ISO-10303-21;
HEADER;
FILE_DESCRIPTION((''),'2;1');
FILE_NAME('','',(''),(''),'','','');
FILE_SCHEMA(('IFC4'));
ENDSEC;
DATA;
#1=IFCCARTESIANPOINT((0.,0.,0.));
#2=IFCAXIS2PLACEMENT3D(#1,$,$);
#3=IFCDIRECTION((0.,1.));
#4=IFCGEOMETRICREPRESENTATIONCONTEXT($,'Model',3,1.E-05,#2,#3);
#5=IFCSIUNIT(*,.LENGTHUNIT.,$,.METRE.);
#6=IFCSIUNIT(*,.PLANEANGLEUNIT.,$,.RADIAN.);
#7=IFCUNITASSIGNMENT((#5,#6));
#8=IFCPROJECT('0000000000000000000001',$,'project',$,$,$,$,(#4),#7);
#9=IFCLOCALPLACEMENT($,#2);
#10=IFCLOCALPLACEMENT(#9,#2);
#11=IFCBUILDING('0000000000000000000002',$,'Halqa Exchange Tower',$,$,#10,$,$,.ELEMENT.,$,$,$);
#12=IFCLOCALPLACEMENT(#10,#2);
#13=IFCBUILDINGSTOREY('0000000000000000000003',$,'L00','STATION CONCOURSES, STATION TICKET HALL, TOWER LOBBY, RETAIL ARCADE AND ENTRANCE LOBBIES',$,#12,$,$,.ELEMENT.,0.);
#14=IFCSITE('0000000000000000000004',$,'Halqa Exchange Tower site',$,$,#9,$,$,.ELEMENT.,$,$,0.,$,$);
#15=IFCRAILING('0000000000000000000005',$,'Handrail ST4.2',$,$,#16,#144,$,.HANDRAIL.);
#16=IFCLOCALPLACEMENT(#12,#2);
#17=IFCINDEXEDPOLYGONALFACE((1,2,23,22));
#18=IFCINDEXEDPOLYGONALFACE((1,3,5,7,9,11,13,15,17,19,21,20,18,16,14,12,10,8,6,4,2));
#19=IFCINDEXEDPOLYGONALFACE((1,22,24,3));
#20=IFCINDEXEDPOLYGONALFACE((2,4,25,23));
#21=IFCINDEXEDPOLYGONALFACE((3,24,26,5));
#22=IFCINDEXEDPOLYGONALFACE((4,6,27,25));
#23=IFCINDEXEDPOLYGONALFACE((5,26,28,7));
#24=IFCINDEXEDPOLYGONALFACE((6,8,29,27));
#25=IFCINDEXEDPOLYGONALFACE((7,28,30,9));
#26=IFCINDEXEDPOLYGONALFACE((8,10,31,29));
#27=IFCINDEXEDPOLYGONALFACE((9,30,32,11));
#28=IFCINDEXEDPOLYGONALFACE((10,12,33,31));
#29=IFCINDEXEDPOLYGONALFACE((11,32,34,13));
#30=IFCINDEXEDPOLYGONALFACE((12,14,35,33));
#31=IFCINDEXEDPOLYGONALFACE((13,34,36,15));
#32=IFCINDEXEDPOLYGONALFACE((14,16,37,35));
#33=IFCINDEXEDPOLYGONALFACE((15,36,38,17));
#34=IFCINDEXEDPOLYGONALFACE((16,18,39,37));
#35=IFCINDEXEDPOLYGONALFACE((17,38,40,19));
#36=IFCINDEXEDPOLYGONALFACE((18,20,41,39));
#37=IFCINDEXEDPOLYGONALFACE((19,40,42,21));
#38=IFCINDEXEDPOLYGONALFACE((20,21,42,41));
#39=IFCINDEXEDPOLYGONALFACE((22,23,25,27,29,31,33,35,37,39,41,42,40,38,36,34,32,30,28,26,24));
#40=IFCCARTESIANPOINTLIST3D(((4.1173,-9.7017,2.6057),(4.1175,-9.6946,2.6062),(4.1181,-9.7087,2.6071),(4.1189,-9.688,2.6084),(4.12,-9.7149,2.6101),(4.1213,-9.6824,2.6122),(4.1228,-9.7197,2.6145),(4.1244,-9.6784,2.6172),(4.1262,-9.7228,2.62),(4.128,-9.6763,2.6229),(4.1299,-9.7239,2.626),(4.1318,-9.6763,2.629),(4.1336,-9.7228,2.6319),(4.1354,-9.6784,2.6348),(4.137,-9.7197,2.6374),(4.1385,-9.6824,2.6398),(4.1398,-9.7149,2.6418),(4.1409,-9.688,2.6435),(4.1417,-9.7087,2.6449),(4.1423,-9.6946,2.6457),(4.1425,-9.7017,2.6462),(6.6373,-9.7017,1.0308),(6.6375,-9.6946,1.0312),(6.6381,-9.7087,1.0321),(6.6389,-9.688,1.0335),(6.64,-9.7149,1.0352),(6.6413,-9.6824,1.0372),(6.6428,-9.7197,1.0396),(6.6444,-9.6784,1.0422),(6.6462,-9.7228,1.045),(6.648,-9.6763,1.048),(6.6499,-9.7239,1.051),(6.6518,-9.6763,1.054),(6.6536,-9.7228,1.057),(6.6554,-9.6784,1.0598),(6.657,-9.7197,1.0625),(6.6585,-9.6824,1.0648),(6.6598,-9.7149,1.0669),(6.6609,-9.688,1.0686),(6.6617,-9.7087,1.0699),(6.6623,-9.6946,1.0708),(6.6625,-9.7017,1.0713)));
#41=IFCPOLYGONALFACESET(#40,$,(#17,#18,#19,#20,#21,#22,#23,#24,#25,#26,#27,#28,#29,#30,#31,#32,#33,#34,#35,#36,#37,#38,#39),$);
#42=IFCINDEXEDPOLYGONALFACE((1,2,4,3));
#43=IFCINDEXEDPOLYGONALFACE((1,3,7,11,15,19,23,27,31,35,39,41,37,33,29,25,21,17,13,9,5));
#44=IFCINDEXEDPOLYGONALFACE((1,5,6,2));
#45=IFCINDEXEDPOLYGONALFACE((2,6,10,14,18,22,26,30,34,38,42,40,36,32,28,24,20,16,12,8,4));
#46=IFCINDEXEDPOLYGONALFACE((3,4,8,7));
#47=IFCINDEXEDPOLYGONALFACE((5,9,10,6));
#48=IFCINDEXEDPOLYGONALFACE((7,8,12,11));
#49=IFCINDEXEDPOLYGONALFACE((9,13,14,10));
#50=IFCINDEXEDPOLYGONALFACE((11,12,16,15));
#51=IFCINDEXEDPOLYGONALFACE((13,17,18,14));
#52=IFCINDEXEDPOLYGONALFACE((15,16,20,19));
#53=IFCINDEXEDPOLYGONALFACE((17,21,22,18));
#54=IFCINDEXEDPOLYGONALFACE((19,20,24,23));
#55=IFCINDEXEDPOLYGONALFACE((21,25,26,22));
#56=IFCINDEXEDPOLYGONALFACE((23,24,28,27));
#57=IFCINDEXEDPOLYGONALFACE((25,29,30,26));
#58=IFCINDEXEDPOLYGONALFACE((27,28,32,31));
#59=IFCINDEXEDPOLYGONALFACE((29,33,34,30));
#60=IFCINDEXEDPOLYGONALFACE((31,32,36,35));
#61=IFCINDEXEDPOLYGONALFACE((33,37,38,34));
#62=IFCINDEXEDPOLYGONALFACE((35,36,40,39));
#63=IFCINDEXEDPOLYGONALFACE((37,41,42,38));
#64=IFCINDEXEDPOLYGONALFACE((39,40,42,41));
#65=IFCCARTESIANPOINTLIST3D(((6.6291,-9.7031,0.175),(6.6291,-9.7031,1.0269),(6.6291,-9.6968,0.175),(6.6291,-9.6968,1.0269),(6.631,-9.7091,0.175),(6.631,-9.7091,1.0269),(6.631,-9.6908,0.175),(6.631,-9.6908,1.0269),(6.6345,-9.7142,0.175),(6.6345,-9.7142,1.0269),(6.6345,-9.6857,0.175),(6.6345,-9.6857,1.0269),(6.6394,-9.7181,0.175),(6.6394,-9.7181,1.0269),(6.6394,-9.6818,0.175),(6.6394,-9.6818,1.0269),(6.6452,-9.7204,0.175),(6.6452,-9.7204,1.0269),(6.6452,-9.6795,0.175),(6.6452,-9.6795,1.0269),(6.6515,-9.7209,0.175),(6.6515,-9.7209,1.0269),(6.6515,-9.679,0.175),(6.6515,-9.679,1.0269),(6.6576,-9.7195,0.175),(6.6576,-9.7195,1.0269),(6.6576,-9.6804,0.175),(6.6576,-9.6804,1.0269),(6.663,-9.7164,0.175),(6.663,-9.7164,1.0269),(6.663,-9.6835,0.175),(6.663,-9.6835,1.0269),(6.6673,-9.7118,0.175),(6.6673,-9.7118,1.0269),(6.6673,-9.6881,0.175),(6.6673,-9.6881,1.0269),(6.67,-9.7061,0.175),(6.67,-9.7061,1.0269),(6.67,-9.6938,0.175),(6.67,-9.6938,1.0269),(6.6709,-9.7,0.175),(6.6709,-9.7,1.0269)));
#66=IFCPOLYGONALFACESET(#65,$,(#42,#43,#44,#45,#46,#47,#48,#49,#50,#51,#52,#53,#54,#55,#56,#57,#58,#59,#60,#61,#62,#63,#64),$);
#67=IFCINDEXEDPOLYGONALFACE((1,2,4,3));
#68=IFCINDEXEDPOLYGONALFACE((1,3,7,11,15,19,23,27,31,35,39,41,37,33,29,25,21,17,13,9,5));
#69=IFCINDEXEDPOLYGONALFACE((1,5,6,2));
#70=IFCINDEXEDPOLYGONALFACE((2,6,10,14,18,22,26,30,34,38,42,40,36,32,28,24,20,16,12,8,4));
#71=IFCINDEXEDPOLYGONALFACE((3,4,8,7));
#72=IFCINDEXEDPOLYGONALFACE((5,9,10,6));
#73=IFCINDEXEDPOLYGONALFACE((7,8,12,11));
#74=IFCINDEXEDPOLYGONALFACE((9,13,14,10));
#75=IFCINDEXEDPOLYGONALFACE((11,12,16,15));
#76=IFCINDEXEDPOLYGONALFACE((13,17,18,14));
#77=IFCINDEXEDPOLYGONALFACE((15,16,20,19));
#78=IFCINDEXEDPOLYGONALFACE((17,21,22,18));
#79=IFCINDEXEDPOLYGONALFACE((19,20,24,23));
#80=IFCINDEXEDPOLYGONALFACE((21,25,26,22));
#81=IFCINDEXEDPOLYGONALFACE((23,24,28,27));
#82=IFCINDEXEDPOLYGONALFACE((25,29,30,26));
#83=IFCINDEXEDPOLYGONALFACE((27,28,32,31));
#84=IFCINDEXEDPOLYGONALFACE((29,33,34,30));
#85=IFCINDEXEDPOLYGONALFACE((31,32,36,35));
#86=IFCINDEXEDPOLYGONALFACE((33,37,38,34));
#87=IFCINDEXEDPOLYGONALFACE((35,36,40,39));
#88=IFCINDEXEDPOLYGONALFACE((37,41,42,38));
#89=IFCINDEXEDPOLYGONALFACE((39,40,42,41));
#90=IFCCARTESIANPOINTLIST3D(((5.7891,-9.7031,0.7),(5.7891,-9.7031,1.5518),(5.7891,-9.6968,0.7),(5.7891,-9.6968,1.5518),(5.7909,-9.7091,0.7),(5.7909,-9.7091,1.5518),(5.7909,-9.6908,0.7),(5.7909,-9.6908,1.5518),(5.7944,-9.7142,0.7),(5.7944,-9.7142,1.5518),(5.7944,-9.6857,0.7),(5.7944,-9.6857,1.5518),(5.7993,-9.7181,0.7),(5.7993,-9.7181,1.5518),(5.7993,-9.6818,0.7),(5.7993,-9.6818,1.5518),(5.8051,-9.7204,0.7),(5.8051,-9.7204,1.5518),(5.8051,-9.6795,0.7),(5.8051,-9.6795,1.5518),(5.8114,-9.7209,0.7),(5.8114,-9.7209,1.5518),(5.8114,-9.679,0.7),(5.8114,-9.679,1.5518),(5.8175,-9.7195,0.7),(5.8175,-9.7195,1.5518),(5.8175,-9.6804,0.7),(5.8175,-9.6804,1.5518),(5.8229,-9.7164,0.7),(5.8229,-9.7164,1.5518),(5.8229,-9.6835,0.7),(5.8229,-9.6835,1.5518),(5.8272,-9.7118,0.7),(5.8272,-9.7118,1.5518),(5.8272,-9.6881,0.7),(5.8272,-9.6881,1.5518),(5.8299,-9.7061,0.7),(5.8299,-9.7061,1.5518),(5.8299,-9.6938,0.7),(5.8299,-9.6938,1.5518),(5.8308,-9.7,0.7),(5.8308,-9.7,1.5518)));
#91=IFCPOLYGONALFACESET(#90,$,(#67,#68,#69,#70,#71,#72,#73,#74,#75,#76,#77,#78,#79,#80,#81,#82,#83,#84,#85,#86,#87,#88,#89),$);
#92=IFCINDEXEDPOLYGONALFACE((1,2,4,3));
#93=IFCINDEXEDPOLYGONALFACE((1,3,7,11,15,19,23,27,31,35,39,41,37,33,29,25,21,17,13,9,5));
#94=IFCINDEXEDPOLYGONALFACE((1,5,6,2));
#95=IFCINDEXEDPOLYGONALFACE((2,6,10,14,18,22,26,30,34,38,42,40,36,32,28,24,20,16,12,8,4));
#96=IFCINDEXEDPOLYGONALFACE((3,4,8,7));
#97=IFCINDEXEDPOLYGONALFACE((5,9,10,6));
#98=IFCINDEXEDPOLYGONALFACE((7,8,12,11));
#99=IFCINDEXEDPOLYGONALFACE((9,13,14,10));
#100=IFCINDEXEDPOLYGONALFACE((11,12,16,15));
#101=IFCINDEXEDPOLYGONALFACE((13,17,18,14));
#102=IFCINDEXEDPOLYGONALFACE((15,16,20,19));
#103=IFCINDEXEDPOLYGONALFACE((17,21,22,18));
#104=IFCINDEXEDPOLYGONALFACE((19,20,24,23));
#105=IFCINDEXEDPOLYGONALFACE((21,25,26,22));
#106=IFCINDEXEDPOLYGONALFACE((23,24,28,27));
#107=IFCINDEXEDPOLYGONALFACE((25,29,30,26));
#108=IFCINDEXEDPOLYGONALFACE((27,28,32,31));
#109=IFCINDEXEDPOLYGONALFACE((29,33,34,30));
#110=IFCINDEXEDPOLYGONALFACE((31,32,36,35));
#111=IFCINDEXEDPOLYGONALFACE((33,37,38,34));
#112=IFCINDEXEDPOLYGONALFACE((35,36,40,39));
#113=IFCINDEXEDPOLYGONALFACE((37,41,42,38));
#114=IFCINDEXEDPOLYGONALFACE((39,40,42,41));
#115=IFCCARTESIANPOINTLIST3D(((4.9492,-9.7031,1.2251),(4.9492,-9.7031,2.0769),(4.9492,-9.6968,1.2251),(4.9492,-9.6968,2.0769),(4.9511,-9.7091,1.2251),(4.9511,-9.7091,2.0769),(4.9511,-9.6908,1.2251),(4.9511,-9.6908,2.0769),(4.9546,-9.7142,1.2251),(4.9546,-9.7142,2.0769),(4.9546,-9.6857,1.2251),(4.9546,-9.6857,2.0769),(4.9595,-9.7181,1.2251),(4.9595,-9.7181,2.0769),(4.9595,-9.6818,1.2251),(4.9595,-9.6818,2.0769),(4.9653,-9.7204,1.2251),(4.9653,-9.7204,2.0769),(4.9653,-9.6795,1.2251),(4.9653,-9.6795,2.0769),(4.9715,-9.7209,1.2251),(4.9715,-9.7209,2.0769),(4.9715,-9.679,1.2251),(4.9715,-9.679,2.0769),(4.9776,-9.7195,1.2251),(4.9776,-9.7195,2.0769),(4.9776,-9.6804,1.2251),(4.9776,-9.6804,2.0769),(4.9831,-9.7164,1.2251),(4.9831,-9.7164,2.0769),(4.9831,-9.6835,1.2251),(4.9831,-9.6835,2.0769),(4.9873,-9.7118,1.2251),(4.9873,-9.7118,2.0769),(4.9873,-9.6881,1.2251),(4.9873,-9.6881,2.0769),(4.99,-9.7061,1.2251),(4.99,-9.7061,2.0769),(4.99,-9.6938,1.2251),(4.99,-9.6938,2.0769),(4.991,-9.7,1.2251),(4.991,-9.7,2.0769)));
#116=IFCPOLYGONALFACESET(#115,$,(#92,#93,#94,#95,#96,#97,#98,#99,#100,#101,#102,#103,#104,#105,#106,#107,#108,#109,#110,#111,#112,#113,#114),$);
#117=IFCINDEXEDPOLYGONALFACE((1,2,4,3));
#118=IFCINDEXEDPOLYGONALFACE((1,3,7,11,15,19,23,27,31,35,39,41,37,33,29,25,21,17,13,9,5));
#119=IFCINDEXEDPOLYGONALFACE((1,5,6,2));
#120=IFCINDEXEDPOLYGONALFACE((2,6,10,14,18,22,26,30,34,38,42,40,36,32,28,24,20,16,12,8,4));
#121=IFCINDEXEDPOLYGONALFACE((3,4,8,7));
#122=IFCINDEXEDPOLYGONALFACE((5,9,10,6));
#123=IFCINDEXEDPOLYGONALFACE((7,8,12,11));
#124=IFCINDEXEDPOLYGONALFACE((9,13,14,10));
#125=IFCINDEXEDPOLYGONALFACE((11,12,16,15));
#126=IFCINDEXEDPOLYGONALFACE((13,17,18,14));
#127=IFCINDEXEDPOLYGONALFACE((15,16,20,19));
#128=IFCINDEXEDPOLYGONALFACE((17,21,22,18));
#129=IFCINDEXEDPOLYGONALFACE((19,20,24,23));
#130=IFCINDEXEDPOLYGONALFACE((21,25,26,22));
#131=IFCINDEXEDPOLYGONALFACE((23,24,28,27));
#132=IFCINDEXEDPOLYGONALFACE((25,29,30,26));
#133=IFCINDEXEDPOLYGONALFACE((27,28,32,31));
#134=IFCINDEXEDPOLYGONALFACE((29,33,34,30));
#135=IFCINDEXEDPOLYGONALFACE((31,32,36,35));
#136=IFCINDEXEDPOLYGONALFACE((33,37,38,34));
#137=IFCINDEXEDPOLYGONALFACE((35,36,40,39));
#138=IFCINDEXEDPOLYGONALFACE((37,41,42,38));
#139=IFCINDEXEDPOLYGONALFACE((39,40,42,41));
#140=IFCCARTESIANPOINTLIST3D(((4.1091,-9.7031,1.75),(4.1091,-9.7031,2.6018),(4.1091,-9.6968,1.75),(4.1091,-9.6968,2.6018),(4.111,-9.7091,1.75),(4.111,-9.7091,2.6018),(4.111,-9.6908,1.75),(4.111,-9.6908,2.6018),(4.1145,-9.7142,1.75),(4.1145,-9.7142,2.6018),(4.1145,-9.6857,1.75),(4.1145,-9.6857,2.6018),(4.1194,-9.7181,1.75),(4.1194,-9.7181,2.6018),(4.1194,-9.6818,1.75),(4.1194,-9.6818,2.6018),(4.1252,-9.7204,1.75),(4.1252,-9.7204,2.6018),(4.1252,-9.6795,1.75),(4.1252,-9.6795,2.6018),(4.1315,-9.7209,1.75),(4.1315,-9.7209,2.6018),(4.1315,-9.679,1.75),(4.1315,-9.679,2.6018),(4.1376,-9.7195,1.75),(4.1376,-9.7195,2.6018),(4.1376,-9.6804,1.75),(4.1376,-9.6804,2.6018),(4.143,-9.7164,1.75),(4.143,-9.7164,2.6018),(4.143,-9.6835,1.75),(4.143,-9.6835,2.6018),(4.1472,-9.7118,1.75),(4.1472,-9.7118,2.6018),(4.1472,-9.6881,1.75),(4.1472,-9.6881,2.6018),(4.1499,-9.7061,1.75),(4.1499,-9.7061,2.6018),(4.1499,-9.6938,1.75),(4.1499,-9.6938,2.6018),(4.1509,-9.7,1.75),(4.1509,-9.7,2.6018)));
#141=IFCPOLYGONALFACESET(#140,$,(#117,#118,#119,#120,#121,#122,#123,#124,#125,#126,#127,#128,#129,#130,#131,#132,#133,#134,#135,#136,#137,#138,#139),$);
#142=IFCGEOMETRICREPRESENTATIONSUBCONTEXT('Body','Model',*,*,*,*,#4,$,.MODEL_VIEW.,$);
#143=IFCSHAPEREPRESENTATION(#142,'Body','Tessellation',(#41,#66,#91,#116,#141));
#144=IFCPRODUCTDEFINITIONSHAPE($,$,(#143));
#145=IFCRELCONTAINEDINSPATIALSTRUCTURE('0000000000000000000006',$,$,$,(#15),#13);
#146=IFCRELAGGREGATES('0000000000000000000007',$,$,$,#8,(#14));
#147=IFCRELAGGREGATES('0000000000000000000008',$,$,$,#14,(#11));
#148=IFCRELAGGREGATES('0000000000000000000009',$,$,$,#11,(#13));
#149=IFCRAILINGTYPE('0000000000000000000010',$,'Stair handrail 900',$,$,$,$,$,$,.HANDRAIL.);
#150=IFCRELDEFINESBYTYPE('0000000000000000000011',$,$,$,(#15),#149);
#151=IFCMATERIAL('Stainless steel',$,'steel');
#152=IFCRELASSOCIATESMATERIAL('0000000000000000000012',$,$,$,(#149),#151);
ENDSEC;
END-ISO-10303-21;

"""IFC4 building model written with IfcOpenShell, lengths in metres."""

from ifc_helpers import new_model, si_unit, direction, frame, origin, origin_2d, place, context, subcontext, project, spatial, circle, extrude, material, type_object, element, save


model = new_model("IFC4")

# Units and contexts
model_context = context("Model", 3, precision=1e-05, world=origin(), true_north=direction((0.0, 1.0)))
body_context = subcontext(model_context, "Body", "Model", "MODEL_VIEW")
ifc_project = project(units=[si_unit("LENGTHUNIT", "METRE"), si_unit("PLANEANGLEUNIT", "RADIAN")], contexts=[model_context])

# Site, building, storey
site_placement = place(None, origin())
site = spatial("IfcSite", under=ifc_project, at=site_placement, Name="Halqa Exchange Tower site", CompositionType="ELEMENT", RefElevation=0.0)
building_placement = place(site_placement, origin())
building = spatial("IfcBuilding", under=site, at=building_placement, Name="Halqa Exchange Tower", CompositionType="ELEMENT")
storey_placement = place(building_placement, origin())
storey = spatial("IfcBuildingStorey", under=building, at=storey_placement, Name="L00", Description="STATION CONCOURSES, STATION TICKET HALL, TOWER LOBBY, RETAIL ARCADE AND ENTRANCE LOBBIES", CompositionType="ELEMENT", Elevation=0.0)

# Railing
ifc_material_1 = material(Name="Stainless steel", Category="steel")
railing_type = type_object("IfcRailingType", Name="Stair handrail 900", PredefinedType="HANDRAIL", material=ifc_material_1)
railing_placement = place(storey_placement, frame((6.6499, -9.7, 0.175)))
element("IfcRailing", 1, at=railing_placement, inside=storey, type_object=railing_type, Name="Handrail ST4.2", PredefinedType="HANDRAIL", context=body_context, shape_type="SweptSolid", body=[
    extrude(circle(Radius=0.0239, at=origin_2d()), frame((0.0, 0.0, 0.876), z_axis=(-0.848008, 0.0, 0.529984), x_axis=(0.0, -1.0, 0.0)), (0.0, 0.0, 1.0), 2.9717),
    extrude(circle(Radius=0.021, at=origin_2d()), origin(), (0.0, 0.0, 1.0), 0.8518),
    extrude(circle(Radius=0.021, at=origin_2d()), frame((-0.8401, 0.0, 0.5249)), (0.0, 0.0, 1.0), 0.8518),
    extrude(circle(Radius=0.021, at=origin_2d()), frame((-1.6799, 0.0, 1.05)), (0.0, 0.0, 1.0), 0.8518),
    extrude(circle(Radius=0.021, at=origin_2d()), frame((-2.52, 0.0, 1.575)), (0.0, 0.0, 1.0), 0.8518),
])

save(model, "model.ifc")
